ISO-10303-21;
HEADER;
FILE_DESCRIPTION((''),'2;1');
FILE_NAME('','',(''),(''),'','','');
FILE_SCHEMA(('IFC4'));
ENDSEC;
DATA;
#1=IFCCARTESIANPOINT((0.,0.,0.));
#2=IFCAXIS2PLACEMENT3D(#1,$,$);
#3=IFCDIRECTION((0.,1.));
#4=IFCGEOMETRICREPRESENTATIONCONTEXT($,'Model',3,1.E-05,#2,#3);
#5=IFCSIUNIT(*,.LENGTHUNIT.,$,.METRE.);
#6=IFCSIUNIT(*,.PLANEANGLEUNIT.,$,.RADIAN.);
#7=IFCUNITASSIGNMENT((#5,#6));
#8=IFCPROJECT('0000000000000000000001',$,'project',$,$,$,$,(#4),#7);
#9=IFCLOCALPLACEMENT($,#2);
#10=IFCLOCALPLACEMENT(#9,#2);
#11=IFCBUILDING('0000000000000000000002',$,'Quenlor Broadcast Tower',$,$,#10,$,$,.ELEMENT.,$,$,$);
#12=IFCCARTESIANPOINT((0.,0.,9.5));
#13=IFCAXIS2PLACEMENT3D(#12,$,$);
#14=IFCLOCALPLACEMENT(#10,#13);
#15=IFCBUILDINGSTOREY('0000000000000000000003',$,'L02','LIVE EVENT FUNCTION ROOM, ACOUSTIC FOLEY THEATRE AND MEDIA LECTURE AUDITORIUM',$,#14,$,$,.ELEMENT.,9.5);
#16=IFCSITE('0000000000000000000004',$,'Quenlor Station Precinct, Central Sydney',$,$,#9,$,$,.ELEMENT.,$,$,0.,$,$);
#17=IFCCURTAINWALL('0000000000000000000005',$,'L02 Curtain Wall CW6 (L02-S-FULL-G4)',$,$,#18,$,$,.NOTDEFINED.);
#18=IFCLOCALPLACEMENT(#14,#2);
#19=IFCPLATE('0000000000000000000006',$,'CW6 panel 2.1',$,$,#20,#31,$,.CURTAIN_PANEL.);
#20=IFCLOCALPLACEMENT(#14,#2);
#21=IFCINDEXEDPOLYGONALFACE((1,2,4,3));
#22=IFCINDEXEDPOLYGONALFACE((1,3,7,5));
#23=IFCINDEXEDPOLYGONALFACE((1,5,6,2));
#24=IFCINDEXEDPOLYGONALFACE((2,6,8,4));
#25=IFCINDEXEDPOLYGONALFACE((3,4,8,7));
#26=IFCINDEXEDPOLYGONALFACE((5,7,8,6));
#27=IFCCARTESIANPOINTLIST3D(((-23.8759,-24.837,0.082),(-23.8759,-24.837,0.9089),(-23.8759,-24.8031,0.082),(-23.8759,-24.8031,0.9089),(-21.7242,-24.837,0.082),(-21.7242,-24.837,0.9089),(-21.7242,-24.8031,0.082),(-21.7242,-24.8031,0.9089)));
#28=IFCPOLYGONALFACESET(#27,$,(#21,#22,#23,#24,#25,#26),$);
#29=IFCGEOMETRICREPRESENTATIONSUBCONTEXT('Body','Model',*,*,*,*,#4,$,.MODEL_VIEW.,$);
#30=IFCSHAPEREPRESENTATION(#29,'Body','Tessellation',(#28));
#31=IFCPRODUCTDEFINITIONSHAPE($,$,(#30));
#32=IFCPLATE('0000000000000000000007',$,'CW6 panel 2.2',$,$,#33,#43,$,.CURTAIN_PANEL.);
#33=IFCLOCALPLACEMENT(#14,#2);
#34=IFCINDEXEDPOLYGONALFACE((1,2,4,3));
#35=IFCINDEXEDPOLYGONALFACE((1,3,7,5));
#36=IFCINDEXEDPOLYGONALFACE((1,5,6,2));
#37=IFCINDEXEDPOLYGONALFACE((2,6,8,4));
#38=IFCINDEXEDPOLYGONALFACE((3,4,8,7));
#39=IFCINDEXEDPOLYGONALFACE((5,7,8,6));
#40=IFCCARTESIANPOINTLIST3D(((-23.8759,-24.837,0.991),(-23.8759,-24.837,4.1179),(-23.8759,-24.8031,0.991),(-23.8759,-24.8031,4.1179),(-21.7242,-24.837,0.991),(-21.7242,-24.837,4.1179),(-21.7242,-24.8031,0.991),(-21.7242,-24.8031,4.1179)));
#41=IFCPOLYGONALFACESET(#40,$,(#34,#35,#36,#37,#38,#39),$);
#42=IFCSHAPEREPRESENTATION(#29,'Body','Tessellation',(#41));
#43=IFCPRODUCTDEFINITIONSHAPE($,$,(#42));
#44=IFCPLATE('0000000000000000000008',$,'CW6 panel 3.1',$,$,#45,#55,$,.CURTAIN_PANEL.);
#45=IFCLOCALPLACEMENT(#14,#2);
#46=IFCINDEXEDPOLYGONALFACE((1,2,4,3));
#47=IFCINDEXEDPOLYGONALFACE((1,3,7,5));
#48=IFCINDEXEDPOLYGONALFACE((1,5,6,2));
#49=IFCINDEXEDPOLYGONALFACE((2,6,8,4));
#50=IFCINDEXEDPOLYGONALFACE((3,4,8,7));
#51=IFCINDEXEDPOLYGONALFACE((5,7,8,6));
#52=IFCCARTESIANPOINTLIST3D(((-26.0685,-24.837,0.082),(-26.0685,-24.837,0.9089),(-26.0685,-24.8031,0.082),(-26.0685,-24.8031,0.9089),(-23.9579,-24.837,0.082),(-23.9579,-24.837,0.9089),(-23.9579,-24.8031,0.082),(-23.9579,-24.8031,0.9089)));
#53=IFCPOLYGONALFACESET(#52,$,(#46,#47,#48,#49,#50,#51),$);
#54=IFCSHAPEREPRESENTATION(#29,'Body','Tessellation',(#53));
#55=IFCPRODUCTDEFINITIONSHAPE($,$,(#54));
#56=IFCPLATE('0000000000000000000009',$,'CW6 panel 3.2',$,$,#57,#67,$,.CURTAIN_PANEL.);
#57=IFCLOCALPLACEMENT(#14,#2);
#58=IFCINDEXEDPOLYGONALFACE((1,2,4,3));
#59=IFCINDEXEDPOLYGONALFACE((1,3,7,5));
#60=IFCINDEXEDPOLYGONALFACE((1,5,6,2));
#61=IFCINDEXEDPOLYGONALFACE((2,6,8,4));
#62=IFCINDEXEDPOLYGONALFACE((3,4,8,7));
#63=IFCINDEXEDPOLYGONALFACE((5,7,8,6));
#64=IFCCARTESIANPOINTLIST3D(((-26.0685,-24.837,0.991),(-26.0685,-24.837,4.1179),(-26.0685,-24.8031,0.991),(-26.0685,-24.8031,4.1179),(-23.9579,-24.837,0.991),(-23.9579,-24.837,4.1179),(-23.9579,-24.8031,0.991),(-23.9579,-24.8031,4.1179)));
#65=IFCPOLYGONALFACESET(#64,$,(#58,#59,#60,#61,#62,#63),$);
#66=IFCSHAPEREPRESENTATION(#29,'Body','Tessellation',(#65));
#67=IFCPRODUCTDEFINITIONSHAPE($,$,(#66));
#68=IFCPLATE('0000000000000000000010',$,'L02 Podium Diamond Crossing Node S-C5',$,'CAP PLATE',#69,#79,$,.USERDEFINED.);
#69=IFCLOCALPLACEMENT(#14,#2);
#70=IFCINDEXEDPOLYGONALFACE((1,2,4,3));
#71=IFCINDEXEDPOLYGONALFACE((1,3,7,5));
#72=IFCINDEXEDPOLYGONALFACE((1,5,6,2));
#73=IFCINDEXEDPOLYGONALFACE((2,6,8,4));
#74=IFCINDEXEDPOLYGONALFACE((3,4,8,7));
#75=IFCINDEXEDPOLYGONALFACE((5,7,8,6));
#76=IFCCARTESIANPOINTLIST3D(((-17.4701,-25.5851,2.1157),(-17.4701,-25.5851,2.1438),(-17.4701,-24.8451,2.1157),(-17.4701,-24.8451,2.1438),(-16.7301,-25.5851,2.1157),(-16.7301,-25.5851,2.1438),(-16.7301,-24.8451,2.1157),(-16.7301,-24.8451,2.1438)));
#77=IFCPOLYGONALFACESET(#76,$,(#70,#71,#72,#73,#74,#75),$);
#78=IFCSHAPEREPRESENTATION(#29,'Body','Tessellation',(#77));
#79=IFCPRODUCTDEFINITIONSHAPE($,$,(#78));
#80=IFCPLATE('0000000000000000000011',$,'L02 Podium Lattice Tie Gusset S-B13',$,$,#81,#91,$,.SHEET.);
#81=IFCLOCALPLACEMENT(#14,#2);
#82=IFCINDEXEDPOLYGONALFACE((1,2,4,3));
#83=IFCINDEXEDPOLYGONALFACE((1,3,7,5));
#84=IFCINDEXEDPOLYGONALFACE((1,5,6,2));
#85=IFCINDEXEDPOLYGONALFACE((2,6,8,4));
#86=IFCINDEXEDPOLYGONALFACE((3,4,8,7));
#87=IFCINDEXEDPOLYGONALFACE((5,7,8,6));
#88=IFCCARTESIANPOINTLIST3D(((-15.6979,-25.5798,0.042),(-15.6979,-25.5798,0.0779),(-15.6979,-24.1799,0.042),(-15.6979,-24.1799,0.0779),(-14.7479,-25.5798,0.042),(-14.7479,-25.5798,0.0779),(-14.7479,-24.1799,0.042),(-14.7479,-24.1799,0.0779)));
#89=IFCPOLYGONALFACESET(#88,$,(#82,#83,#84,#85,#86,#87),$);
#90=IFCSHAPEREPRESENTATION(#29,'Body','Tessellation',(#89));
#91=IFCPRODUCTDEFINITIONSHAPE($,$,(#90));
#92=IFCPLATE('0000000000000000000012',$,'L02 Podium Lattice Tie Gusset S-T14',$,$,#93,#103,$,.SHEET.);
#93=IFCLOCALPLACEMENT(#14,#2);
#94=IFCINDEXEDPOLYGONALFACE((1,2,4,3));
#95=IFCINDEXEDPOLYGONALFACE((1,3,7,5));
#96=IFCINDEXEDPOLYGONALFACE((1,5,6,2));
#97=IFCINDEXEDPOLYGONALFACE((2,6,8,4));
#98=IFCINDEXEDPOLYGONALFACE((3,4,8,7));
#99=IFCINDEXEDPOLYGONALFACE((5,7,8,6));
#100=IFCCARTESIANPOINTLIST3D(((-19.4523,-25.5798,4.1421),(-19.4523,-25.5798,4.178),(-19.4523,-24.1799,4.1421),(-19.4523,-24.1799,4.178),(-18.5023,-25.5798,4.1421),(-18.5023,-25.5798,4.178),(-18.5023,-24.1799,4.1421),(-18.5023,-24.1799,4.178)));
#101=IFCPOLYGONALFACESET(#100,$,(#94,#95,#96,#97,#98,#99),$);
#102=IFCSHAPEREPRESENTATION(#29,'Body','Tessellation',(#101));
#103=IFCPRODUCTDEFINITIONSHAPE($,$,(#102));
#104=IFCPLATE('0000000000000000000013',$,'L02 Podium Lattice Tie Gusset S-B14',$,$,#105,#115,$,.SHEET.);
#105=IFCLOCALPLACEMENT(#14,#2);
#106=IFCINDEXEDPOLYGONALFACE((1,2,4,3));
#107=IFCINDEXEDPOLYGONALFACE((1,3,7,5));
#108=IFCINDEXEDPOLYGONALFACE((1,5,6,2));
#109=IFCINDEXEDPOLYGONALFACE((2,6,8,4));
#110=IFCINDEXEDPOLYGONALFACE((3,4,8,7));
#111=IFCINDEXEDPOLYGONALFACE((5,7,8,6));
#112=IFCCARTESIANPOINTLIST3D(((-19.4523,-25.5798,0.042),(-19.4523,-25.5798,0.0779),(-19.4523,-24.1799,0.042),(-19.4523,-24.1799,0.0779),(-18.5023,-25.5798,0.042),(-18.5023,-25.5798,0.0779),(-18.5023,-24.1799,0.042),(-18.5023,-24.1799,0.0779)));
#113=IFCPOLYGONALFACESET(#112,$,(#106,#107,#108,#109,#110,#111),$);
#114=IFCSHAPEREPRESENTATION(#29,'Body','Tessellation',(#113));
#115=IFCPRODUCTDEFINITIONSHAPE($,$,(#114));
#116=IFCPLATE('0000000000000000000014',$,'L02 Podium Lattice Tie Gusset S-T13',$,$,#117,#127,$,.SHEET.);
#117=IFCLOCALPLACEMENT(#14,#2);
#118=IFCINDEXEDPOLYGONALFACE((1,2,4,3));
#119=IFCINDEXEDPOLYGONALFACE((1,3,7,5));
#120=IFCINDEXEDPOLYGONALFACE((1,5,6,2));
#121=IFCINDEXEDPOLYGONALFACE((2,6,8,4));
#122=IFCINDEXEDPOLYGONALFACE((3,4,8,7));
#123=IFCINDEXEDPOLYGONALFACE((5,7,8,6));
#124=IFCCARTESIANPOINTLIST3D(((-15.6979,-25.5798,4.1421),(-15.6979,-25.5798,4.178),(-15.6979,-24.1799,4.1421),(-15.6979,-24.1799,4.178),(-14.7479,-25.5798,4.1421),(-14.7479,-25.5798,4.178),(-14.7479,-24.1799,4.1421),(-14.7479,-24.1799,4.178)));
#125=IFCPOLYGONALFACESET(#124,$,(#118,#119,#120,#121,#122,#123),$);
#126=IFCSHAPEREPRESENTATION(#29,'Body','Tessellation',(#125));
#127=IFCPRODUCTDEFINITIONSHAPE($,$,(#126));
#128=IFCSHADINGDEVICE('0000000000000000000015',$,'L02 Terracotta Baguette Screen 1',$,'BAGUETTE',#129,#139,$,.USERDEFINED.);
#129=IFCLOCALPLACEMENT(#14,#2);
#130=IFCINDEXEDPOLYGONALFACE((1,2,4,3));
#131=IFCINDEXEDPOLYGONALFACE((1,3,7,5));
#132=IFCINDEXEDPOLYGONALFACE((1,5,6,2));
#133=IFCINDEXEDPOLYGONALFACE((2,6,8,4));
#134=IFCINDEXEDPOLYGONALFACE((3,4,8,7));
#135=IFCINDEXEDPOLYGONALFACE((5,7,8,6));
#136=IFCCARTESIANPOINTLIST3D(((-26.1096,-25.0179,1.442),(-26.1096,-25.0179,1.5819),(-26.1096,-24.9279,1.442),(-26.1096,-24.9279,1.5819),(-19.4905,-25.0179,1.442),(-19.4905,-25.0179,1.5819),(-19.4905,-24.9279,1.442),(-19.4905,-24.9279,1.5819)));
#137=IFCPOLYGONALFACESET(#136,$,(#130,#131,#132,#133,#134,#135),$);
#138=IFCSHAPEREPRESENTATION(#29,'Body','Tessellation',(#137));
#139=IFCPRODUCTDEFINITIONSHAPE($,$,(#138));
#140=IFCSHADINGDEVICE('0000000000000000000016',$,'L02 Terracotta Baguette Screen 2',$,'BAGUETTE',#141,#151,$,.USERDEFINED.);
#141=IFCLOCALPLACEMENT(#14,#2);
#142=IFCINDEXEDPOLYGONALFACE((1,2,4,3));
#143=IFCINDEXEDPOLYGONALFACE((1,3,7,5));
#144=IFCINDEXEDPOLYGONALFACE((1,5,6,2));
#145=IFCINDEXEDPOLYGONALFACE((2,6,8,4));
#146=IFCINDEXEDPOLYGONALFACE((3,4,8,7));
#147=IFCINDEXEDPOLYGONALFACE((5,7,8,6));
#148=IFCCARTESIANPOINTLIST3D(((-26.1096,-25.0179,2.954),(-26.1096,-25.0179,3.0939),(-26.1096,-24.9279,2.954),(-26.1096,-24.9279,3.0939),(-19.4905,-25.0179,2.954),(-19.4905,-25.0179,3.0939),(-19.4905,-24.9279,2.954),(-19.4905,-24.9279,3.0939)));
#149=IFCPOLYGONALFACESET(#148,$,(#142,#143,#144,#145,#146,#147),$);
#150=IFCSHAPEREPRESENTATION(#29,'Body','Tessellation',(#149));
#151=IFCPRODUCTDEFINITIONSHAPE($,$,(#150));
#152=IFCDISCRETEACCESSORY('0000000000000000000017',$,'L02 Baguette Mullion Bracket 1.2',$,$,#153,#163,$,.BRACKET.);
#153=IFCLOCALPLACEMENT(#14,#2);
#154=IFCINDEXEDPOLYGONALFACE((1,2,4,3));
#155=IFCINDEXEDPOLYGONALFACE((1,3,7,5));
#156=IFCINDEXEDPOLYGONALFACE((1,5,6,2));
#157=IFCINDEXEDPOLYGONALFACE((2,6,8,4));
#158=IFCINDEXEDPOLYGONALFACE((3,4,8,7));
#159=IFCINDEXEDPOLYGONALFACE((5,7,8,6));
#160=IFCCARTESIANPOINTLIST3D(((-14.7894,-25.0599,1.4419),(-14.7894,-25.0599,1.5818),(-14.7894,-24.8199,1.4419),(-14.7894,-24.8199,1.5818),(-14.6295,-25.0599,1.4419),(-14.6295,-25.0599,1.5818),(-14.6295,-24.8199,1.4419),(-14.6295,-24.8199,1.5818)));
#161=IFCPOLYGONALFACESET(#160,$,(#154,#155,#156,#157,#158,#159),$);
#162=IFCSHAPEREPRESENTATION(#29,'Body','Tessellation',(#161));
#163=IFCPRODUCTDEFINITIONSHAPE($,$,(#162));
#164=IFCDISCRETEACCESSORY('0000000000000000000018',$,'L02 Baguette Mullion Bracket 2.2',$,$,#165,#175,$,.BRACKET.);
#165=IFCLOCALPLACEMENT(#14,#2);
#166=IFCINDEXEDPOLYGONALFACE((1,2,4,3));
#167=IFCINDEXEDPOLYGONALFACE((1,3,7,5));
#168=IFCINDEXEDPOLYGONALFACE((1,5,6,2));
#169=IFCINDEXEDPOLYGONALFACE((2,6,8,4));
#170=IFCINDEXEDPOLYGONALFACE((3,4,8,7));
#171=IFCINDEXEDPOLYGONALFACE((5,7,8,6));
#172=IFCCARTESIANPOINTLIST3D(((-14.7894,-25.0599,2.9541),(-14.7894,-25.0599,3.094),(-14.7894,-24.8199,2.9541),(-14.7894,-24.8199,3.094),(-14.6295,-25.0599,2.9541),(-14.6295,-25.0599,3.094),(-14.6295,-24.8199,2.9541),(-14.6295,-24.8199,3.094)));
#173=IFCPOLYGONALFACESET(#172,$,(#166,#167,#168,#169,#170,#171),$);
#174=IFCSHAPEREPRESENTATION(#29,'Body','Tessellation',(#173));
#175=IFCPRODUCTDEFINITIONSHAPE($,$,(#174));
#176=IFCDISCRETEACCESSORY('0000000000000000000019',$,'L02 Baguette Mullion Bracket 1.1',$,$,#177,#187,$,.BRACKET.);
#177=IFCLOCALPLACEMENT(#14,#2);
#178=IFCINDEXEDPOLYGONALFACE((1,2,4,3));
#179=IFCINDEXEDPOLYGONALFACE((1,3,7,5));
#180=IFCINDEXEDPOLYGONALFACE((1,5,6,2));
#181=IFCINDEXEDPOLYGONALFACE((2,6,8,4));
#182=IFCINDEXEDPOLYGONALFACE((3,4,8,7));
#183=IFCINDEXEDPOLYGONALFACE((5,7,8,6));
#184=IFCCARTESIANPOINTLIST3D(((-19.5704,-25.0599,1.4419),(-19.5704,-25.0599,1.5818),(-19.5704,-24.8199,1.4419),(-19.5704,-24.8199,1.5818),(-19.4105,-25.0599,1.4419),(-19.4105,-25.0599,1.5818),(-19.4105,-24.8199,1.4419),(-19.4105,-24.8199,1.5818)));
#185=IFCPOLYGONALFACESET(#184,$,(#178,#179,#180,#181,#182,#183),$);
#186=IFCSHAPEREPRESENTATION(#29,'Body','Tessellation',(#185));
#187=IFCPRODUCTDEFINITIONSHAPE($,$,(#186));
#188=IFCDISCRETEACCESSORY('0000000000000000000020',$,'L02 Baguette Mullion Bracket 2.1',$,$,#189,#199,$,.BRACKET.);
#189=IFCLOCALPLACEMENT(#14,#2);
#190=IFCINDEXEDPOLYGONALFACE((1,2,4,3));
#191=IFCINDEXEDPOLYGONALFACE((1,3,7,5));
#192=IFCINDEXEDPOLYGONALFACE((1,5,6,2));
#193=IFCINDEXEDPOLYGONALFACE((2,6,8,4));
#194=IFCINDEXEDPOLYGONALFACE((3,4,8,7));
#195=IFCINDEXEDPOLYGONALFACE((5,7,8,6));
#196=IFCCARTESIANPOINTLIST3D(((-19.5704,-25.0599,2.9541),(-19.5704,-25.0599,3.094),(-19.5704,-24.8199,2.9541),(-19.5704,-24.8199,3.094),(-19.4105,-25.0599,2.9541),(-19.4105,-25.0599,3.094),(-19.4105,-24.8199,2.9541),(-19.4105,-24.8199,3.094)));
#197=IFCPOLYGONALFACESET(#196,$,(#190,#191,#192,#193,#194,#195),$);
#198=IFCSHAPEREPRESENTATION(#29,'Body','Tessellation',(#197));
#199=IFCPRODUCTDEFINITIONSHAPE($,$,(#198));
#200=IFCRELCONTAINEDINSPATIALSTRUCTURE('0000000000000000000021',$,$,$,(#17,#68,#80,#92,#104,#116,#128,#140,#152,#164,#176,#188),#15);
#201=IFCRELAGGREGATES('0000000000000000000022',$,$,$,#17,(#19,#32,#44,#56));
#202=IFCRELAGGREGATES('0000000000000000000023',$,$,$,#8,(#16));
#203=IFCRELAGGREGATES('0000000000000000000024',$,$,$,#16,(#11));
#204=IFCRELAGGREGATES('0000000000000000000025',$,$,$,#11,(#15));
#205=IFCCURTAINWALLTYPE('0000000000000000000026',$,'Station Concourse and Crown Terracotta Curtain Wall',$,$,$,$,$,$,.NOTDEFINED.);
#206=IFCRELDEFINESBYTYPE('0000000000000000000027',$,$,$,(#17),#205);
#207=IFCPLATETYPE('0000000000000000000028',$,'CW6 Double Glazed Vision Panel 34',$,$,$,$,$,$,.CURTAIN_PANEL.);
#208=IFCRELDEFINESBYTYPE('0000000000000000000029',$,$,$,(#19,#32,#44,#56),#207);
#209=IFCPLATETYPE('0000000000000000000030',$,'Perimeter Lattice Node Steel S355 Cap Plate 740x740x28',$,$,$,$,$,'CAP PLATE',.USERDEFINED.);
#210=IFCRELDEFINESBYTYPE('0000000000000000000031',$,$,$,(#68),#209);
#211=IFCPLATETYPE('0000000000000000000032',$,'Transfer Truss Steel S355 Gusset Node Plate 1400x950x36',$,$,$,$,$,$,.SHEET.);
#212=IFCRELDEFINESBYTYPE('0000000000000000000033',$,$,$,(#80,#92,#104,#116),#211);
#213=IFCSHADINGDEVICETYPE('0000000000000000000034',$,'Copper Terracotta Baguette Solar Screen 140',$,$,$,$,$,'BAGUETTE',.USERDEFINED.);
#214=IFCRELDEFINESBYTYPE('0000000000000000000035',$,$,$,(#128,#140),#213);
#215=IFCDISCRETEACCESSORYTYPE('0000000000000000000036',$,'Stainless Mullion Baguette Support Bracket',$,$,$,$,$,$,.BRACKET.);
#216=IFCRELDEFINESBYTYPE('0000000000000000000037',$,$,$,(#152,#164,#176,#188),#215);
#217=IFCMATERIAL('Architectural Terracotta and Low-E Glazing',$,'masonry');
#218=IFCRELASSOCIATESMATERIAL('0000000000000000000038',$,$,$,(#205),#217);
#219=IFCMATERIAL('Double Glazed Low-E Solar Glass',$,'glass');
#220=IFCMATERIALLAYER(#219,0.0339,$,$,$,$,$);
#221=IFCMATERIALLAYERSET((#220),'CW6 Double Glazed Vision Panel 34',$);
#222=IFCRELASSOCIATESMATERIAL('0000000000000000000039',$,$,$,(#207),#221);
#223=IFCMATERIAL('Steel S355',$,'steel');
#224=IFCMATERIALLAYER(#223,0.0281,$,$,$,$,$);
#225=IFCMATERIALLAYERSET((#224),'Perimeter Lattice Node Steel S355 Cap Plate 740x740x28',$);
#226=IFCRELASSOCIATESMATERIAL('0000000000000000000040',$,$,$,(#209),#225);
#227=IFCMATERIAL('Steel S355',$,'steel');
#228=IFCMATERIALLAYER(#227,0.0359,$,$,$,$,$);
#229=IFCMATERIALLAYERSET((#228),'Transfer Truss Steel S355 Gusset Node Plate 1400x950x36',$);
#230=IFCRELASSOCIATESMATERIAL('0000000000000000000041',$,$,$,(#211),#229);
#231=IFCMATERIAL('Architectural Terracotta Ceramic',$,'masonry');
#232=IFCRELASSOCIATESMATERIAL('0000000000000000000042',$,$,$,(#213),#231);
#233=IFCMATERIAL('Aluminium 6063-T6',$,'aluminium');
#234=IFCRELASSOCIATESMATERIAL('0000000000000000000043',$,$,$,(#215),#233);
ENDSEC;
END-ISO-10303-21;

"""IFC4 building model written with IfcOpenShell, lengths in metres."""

from ifc_helpers import new_model, si_unit, direction, frame, origin, origin_2d, place, context, subcontext, project, spatial, rectangle, extrude, material, layer, layer_set, material_profile, profile_set, type_object, element, aggregate, save


model = new_model("IFC4")

# Units and contexts
model_context = context("Model", 3, precision=1e-05, world=origin(), true_north=direction((0.0, 1.0)))
body_context = subcontext(model_context, "Body", "Model", "MODEL_VIEW")
ifc_project = project(units=[si_unit("LENGTHUNIT", "METRE"), si_unit("PLANEANGLEUNIT", "RADIAN")], contexts=[model_context])

# Site, building, storey
site_placement = place(None, origin())
site = spatial("IfcSite", under=ifc_project, at=site_placement, Name="Quenlor Station Precinct, Central Sydney", CompositionType="ELEMENT", RefElevation=0.0)
building_placement = place(site_placement, origin())
building = spatial("IfcBuilding", under=site, at=building_placement, Name="Quenlor Broadcast Tower", CompositionType="ELEMENT")
storey_placement = place(building_placement, frame((0.0, 0.0, 9.5)))
storey = spatial("IfcBuildingStorey", under=building, at=storey_placement, Name="L02", Description="LIVE EVENT FUNCTION ROOM, ACOUSTIC FOLEY THEATRE AND MEDIA LECTURE AUDITORIUM", CompositionType="ELEMENT", Elevation=9.5)

# Curtain wall
ifc_material_1 = material(Name="Architectural Terracotta and Low-E Glazing", Category="masonry")
curtain_wall_type = type_object("IfcCurtainWallType", Name="Station Concourse and Crown Terracotta Curtain Wall", PredefinedType="NOTDEFINED", material=ifc_material_1)
curtain_wall_placement = place(storey_placement, origin())
curtain_wall = element("IfcCurtainWall", 1, at=curtain_wall_placement, inside=storey, type_object=curtain_wall_type, Name="L02 Curtain Wall CW6 (L02-S-FULL-G4)", PredefinedType="NOTDEFINED")

# Plates
ifc_material_2 = material(Name="Double Glazed Low-E Solar Glass", Category="glass")
ifc_layer_1 = layer(ifc_material_2, 0.0339)
ifc_layer_set_1 = layer_set([ifc_layer_1], Name="CW6 Double Glazed Vision Panel 34")
plate_type_1 = type_object("IfcPlateType", Name="CW6 Double Glazed Vision Panel 34", PredefinedType="CURTAIN_PANEL", material=ifc_layer_set_1)
plate_1_placement = place(storey_placement, frame((-22.8, -24.8201, 0.082), z_axis=(0.0, 0.0, 1.0), x_axis=(-1.0, 0.0, 0.0)))
plate_1 = element("IfcPlate", 2, at=plate_1_placement, type_object=plate_type_1, Name="CW6 panel 2.1", PredefinedType="CURTAIN_PANEL", context=body_context, shape_type="SweptSolid", body=[
    extrude(rectangle(XDim=2.1516, YDim=0.0339, at=origin_2d()), origin(), (0.0, 0.0, 1.0), 0.8269),
])
plate_2_placement = place(storey_placement, frame((-22.8, -24.8201, 0.991), z_axis=(0.0, 0.0, 1.0), x_axis=(-1.0, 0.0, 0.0)))
plate_2 = element("IfcPlate", 3, at=plate_2_placement, type_object=plate_type_1, Name="CW6 panel 2.2", PredefinedType="CURTAIN_PANEL", context=body_context, shape_type="SweptSolid", body=[
    extrude(rectangle(XDim=2.1516, YDim=0.0339, at=origin_2d()), origin(), (0.0, 0.0, 1.0), 3.127),
])
plate_3_placement = place(storey_placement, frame((-25.0132, -24.8201, 0.082), z_axis=(0.0, 0.0, 1.0), x_axis=(-1.0, 0.0, 0.0)))
plate_3 = element("IfcPlate", 4, at=plate_3_placement, type_object=plate_type_1, Name="CW6 panel 3.1", PredefinedType="CURTAIN_PANEL", context=body_context, shape_type="SweptSolid", body=[
    extrude(rectangle(XDim=2.1106, YDim=0.0339, at=origin_2d()), origin(), (0.0, 0.0, 1.0), 0.8269),
])
plate_4_placement = place(storey_placement, frame((-25.0132, -24.8201, 0.991), z_axis=(0.0, 0.0, 1.0), x_axis=(-1.0, 0.0, 0.0)))
plate_4 = element("IfcPlate", 5, at=plate_4_placement, type_object=plate_type_1, Name="CW6 panel 3.2", PredefinedType="CURTAIN_PANEL", context=body_context, shape_type="SweptSolid", body=[
    extrude(rectangle(XDim=2.1106, YDim=0.0339, at=origin_2d()), origin(), (0.0, 0.0, 1.0), 3.127),
])
aggregate(curtain_wall, [plate_1, plate_2, plate_3, plate_4])

# Plates
ifc_material_3 = material(Name="Steel S355", Category="steel")
ifc_layer_2 = layer(ifc_material_3, 0.0281)
ifc_layer_set_2 = layer_set([ifc_layer_2], Name="Perimeter Lattice Node Steel S355 Cap Plate 740x740x28")
plate_type_2 = type_object("IfcPlateType", Name="Perimeter Lattice Node Steel S355 Cap Plate 740x740x28", ElementType="CAP PLATE", PredefinedType="USERDEFINED", material=ifc_layer_set_2)
plate_5_placement = place(storey_placement, frame((-17.1001, -25.2151, 2.1157), z_axis=(0.0, 0.0, 1.0), x_axis=(-1.0, 0.0, 0.0)))
element("IfcPlate", 6, at=plate_5_placement, inside=storey, type_object=plate_type_2, Name="L02 Podium Diamond Crossing Node S-C5", ObjectType="CAP PLATE", PredefinedType="USERDEFINED", context=body_context, shape_type="SweptSolid", body=[
    extrude(rectangle(XDim=0.74, YDim=0.74, at=origin_2d()), origin(), (0.0, 0.0, 1.0), 0.0281),
])
ifc_material_4 = material(Name="Steel S355", Category="steel")
ifc_layer_3 = layer(ifc_material_4, 0.0359)
ifc_layer_set_3 = layer_set([ifc_layer_3], Name="Transfer Truss Steel S355 Gusset Node Plate 1400x950x36")
plate_type_3 = type_object("IfcPlateType", Name="Transfer Truss Steel S355 Gusset Node Plate 1400x950x36", PredefinedType="SHEET", material=ifc_layer_set_3)
for number, where, z_axis, x_axis, name in (
    (7, (-15.2229, -24.8799, 0.042), (0.0, 0.0, 1.0), (0.0, -1.0, 0.0), "L02 Podium Lattice Tie Gusset S-B13"),
    (8, (-18.9773, -24.8799, 4.1421), (0.0, 0.0, 1.0), (0.0, -1.0, 0.0), "L02 Podium Lattice Tie Gusset S-T14"),
    (9, (-18.9773, -24.8799, 0.042), (0.0, 0.0, 1.0), (0.0, -1.0, 0.0), "L02 Podium Lattice Tie Gusset S-B14"),
    (10, (-15.2229, -24.8799, 4.1421), (0.0, 0.0, 1.0), (0.0, -1.0, 0.0), "L02 Podium Lattice Tie Gusset S-T13"),
):
    element("IfcPlate", number, at=place(storey_placement, frame(where, z_axis=z_axis, x_axis=x_axis)), inside=storey, type_object=plate_type_3, Name=name, PredefinedType="SHEET", context=body_context, shape_type="SweptSolid", body=[
        extrude(rectangle(XDim=1.3999, YDim=0.95, at=origin_2d()), origin(), (0.0, 0.0, 1.0), 0.0359),
    ])

# Shading devices
ifc_material_5 = material(Name="Architectural Terracotta Ceramic", Category="masonry")
ifc_material_profile_1 = material_profile(ifc_material_5, rectangle(XDim=0.0901, YDim=0.1399, at=origin_2d()))
ifc_profile_set_1 = profile_set([ifc_material_profile_1], Name="Architectural Terracotta Ceramic BAG90x140")
shading_device_type = type_object("IfcShadingDeviceType", Name="Copper Terracotta Baguette Solar Screen 140", ElementType="BAGUETTE", PredefinedType="USERDEFINED", material=ifc_profile_set_1)
for number, where, z_axis, x_axis, name in (
    (11, (-19.4905, -24.9729, 1.512), (-1.0, 0.0, 0.0), (0.0, -1.0, 0.0), "L02 Terracotta Baguette Screen 1"),
    (12, (-19.4905, -24.9729, 3.0239), (-1.0, 0.0, 0.0), (0.0, -1.0, 0.0), "L02 Terracotta Baguette Screen 2"),
):
    element("IfcShadingDevice", number, at=place(storey_placement, frame(where, z_axis=z_axis, x_axis=x_axis)), inside=storey, type_object=shading_device_type, Name=name, ObjectType="BAGUETTE", PredefinedType="USERDEFINED", context=body_context, shape_type="SweptSolid", body=[
        extrude(rectangle(XDim=0.0901, YDim=0.1399, at=origin_2d()), origin(), (0.0, 0.0, 1.0), 6.6191),
    ])

# Discrete accessories
ifc_material_6 = material(Name="Aluminium 6063-T6", Category="aluminium")
discrete_accessory_type = type_object("IfcDiscreteAccessoryType", Name="Stainless Mullion Baguette Support Bracket", PredefinedType="BRACKET", material=ifc_material_6)
for number, where, z_axis, x_axis, name in (
    (13, (-14.7095, -24.9399, 1.4419), (0.0, 0.0, 1.0), (-1.0, 0.0, 0.0), "L02 Baguette Mullion Bracket 1.2"),
    (14, (-14.7095, -24.9399, 2.9541), (0.0, 0.0, 1.0), (-1.0, 0.0, 0.0), "L02 Baguette Mullion Bracket 2.2"),
    (15, (-19.4905, -24.9399, 1.4419), (0.0, 0.0, 1.0), (-1.0, 0.0, 0.0), "L02 Baguette Mullion Bracket 1.1"),
    (16, (-19.4905, -24.9399, 2.9541), (0.0, 0.0, 1.0), (-1.0, 0.0, 0.0), "L02 Baguette Mullion Bracket 2.1"),
):
    element("IfcDiscreteAccessory", number, at=place(storey_placement, frame(where, z_axis=z_axis, x_axis=x_axis)), inside=storey, type_object=discrete_accessory_type, Name=name, PredefinedType="BRACKET", context=body_context, shape_type="SweptSolid", body=[
        extrude(rectangle(XDim=0.1599, YDim=0.24, at=origin_2d()), origin(), (0.0, 0.0, 1.0), 0.1399),
    ])

save(model, "model.ifc")
